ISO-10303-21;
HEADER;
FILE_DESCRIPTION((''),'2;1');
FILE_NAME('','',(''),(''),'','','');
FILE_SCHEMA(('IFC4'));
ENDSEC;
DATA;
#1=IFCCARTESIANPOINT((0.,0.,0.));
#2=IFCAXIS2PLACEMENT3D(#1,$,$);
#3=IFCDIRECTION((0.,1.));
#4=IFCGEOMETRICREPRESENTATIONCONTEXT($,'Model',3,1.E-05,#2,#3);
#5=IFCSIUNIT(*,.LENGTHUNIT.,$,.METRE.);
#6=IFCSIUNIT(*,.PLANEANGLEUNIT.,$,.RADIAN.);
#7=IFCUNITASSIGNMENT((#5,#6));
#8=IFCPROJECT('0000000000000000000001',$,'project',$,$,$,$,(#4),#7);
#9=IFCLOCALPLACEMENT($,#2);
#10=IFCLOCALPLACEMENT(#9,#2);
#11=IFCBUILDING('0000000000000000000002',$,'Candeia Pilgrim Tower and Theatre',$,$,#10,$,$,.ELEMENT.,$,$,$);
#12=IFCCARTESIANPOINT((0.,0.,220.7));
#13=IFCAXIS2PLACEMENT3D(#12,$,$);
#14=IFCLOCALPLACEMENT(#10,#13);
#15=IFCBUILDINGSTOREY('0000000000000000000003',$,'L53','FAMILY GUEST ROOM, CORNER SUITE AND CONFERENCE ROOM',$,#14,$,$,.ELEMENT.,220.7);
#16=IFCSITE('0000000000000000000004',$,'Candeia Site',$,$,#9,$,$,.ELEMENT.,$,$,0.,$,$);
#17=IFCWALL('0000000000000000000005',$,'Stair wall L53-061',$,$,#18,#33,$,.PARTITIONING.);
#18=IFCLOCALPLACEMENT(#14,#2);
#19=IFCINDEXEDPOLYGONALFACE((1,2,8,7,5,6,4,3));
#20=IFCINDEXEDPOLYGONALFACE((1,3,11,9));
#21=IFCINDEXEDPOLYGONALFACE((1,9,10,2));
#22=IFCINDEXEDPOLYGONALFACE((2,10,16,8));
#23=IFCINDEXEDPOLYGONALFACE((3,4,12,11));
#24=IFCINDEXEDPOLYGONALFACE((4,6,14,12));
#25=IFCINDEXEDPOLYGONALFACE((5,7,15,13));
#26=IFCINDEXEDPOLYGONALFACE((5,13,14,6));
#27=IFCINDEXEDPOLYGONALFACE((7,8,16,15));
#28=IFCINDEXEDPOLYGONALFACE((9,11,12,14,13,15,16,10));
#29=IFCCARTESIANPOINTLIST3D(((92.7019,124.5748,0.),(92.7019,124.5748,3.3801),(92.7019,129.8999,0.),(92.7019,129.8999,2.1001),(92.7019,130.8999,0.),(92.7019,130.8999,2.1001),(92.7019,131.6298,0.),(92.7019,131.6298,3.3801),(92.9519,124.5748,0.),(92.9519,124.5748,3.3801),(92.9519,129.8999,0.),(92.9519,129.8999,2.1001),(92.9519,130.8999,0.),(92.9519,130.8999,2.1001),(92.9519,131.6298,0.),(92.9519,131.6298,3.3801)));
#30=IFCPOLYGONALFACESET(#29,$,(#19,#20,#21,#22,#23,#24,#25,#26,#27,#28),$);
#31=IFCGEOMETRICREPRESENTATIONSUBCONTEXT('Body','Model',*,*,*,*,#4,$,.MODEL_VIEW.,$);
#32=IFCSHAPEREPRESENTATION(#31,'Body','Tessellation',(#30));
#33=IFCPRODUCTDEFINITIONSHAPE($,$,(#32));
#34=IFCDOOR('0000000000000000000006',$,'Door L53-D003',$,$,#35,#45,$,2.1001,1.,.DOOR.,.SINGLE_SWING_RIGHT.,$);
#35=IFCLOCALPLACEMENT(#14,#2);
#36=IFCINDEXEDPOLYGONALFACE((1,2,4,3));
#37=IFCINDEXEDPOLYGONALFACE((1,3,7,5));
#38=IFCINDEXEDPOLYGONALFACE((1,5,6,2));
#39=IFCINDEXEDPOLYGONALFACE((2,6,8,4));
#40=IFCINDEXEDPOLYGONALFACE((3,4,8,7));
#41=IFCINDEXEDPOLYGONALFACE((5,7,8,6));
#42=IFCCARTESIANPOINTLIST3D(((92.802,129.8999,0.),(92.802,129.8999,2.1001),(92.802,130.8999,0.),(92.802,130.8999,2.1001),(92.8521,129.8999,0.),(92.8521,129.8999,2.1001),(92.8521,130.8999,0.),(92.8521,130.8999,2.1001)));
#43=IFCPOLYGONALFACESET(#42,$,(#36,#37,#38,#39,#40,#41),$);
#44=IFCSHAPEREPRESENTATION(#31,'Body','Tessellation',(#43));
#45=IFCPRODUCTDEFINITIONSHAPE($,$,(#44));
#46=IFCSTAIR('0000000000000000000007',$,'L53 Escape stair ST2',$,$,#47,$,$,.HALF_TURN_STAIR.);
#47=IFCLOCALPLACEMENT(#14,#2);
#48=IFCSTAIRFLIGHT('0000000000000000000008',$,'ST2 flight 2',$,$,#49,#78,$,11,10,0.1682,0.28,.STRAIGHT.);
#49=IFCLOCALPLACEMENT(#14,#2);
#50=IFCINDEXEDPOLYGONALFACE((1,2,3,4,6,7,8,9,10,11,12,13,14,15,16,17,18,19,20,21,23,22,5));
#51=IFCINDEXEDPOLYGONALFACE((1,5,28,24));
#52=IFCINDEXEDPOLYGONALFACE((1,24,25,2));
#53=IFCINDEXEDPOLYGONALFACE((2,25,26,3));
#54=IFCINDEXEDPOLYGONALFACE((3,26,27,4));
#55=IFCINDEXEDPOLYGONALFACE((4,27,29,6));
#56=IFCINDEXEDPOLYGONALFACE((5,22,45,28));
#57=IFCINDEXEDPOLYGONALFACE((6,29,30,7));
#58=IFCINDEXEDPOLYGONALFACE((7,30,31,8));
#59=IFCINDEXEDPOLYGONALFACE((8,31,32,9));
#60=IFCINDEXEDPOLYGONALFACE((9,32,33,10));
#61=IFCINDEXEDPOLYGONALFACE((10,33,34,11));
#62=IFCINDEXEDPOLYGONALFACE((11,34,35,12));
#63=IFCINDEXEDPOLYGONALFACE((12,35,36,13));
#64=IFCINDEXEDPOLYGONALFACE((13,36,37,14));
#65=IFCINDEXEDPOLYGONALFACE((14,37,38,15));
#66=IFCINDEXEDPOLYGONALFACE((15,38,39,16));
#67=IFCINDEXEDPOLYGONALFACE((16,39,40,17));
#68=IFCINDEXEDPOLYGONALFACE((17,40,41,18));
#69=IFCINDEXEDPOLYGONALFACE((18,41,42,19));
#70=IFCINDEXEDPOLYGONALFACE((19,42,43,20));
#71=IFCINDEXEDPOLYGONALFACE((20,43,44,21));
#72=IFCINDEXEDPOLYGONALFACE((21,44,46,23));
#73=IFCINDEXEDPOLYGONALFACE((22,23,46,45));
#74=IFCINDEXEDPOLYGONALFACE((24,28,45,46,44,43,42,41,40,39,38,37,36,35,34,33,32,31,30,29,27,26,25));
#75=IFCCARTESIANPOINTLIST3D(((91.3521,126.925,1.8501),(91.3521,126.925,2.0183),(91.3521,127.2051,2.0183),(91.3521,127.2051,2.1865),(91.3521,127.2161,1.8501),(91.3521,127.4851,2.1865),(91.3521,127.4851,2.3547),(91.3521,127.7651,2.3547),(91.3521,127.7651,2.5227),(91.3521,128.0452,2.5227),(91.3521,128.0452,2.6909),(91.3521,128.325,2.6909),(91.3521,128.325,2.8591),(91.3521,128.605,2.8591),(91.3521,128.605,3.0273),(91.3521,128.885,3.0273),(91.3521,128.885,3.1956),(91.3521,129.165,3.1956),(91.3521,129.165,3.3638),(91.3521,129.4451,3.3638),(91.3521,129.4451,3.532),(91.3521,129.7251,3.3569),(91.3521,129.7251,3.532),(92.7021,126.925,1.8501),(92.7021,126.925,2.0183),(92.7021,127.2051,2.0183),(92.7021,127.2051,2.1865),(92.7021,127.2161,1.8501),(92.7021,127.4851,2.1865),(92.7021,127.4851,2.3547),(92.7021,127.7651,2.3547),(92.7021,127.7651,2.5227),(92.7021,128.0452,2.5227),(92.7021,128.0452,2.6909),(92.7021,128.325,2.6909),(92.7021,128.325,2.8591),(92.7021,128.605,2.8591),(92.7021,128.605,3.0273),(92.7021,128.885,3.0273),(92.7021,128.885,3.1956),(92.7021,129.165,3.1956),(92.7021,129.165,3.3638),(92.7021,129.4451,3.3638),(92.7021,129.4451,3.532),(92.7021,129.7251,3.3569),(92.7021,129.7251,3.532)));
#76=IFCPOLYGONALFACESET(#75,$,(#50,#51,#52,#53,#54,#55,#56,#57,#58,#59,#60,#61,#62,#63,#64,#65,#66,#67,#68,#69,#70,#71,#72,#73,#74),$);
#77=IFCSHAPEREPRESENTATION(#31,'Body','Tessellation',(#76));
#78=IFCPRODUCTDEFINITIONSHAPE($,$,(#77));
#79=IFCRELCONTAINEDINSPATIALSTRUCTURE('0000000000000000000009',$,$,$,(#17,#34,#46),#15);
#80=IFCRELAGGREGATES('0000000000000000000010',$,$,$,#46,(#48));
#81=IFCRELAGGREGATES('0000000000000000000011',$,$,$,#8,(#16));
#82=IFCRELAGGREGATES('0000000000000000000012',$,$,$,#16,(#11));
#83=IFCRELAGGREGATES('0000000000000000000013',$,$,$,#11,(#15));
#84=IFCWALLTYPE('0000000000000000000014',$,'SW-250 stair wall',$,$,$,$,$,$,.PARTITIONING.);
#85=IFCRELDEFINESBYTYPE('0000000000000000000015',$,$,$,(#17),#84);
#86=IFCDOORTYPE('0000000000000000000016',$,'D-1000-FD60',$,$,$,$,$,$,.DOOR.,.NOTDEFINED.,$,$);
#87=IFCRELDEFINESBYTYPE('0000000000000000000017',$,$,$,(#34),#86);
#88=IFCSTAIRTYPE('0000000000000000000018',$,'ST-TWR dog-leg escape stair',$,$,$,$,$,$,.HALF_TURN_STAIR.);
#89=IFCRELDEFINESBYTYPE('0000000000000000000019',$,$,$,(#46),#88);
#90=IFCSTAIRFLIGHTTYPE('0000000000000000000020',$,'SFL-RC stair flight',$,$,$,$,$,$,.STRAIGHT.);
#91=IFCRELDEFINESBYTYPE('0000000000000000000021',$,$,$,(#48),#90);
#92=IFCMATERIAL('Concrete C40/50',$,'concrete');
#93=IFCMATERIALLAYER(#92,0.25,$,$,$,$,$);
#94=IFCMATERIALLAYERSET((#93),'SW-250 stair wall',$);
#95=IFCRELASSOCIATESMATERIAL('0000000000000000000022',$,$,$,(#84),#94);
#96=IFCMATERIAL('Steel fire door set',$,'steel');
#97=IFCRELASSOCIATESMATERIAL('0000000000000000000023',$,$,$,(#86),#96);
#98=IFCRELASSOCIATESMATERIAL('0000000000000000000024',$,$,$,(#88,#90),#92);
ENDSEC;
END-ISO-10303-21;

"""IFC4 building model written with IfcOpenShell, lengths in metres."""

from ifc_helpers import new_model, si_unit, direction, frame, frame_2d, origin, place, context, subcontext, project, spatial, polyline, rectangle, outline, extrude, material, layer, layer_set, type_object, element, fill, aggregate, save


model = new_model("IFC4")

# Units and contexts
model_context = context("Model", 3, precision=1e-05, world=origin(), true_north=direction((0.0, 1.0)))
body_context = subcontext(model_context, "Body", "Model", "MODEL_VIEW")
ifc_project = project(units=[si_unit("LENGTHUNIT", "METRE"), si_unit("PLANEANGLEUNIT", "RADIAN")], contexts=[model_context])

# Site, building, storey
site_placement = place(None, origin())
site = spatial("IfcSite", under=ifc_project, at=site_placement, Name="Candeia Site", CompositionType="ELEMENT", RefElevation=0.0)
building_placement = place(site_placement, origin())
building = spatial("IfcBuilding", under=site, at=building_placement, Name="Candeia Pilgrim Tower and Theatre", CompositionType="ELEMENT")
storey_placement = place(building_placement, frame((0.0, 0.0, 220.7)))
storey = spatial("IfcBuildingStorey", under=building, at=storey_placement, Name="L53", Description="FAMILY GUEST ROOM, CORNER SUITE AND CONFERENCE ROOM", CompositionType="ELEMENT", Elevation=220.7)

# Shared definitions
ifc_material_1 = material(Name="Steel fire door set", Category="steel")

# Shared definitions
ifc_material_2 = material(Name="Concrete C40/50", Category="concrete")

# Wall, opening, door
ifc_layer_1 = layer(ifc_material_2, 0.25)
ifc_layer_set_1 = layer_set([ifc_layer_1], Name="SW-250 stair wall")
wall_type_1 = type_object("IfcWallType", Name="SW-250 stair wall", PredefinedType="PARTITIONING", material=ifc_layer_set_1)
wall_1_placement = place(storey_placement, frame((92.8269, 124.575, 0.0), z_axis=(0.0, 0.0, 1.0), x_axis=(0.0, 1.0, 0.0)))
wall_1 = element("IfcWall", 1, at=wall_1_placement, inside=storey, type_object=wall_type_1, Name="Stair wall L53-061", PredefinedType="PARTITIONING", context=body_context, shape_type="SweptSolid", body=[
    extrude(rectangle(XDim=7.0549, YDim=0.25, at=frame_2d((3.5273, 0.0))), origin(), (0.0, 0.0, 1.0), 3.3801),
])
opening_1_placement = place(wall_1_placement, frame((5.325, 0.0, 0.0)))
opening_1 = element("IfcOpeningElement", 2, at=opening_1_placement, cuts=wall_1, PredefinedType="OPENING", context=body_context, shape_type="SweptSolid", body=[
    extrude(rectangle(XDim=1.0, YDim=2.1001, at=frame_2d((0.5, 1.05))), frame((0.0, 0.135, 0.0), z_axis=(0.0, -1.0, 0.0), x_axis=(1.0, 0.0, 0.0)), (0.0, 0.0, 1.0), 0.27),
])
door_type_1 = type_object("IfcDoorType", Name="D-1000-FD60", OperationType="NOTDEFINED", PredefinedType="DOOR", material=ifc_material_1)
door_1_placement = place(opening_1_placement, origin())
door_1 = element("IfcDoor", 3, at=door_1_placement, inside=storey, type_object=door_type_1, Name="Door L53-D003", OperationType="SINGLE_SWING_RIGHT", OverallHeight=2.1001, OverallWidth=1.0, PredefinedType="DOOR", context=body_context, shape_type="SweptSolid", body=[
    extrude(rectangle(XDim=1.0, YDim=2.1001, at=frame_2d((0.5, 1.05))), frame((0.0, 0.0249, 0.0), z_axis=(0.0, -1.0, 0.0), x_axis=(1.0, 0.0, 0.0)), (0.0, 0.0, 1.0), 0.05),
])
fill(opening_1, door_1)

# Stair, stair flight
stair_type = type_object("IfcStairType", Name="ST-TWR dog-leg escape stair", PredefinedType="HALF_TURN_STAIR", material=ifc_material_2)
stair_placement = place(storey_placement, origin())
stair = element("IfcStair", 4, at=stair_placement, inside=storey, type_object=stair_type, Name="L53 Escape stair ST2", PredefinedType="HALF_TURN_STAIR")
stair_flight_type = type_object("IfcStairFlightType", Name="SFL-RC stair flight", PredefinedType="STRAIGHT", material=ifc_material_2)
stair_flight_placement = place(storey_placement, frame((92.0271, 126.925, 1.8501), z_axis=(0.0, 0.0, 1.0), x_axis=(0.0, 1.0, 0.0)))
stair_flight = element("IfcStairFlight", 5, at=stair_flight_placement, type_object=stair_flight_type, Name="ST2 flight 2", NumberOfRisers=11, NumberOfTreads=10, PredefinedType="STRAIGHT", RiserHeight=0.1682, TreadLength=0.28, context=body_context, shape_type="SweptSolid", body=[
    extrude(outline(polyline([(0.0, 0.0), (0.0, 0.1682), (0.28, 0.1682), (0.28, 0.3364), (0.5601, 0.3364), (0.5601, 0.5046), (0.8401, 0.5046), (0.8401, 0.6726), (1.1201, 0.6726), (1.1201, 0.8408), (1.3999, 0.8408), (1.3999, 1.009), (1.6799, 1.009), (1.6799, 1.1772), (1.96, 1.1772), (1.96, 1.3455), (2.24, 1.3455), (2.24, 1.5137), (2.52, 1.5137), (2.52, 1.6819), (2.8, 1.6819), (2.8, 1.8501), (2.8, 1.5068), (0.291, 0.0), (0.0, 0.0)])), frame((0.0, 0.675, 0.0), z_axis=(0.0, -1.0, 0.0), x_axis=(1.0, 0.0, 0.0)), (0.0, 0.0, 1.0), 1.3501),
])
aggregate(stair, [stair_flight])

save(model, "model.ifc")
